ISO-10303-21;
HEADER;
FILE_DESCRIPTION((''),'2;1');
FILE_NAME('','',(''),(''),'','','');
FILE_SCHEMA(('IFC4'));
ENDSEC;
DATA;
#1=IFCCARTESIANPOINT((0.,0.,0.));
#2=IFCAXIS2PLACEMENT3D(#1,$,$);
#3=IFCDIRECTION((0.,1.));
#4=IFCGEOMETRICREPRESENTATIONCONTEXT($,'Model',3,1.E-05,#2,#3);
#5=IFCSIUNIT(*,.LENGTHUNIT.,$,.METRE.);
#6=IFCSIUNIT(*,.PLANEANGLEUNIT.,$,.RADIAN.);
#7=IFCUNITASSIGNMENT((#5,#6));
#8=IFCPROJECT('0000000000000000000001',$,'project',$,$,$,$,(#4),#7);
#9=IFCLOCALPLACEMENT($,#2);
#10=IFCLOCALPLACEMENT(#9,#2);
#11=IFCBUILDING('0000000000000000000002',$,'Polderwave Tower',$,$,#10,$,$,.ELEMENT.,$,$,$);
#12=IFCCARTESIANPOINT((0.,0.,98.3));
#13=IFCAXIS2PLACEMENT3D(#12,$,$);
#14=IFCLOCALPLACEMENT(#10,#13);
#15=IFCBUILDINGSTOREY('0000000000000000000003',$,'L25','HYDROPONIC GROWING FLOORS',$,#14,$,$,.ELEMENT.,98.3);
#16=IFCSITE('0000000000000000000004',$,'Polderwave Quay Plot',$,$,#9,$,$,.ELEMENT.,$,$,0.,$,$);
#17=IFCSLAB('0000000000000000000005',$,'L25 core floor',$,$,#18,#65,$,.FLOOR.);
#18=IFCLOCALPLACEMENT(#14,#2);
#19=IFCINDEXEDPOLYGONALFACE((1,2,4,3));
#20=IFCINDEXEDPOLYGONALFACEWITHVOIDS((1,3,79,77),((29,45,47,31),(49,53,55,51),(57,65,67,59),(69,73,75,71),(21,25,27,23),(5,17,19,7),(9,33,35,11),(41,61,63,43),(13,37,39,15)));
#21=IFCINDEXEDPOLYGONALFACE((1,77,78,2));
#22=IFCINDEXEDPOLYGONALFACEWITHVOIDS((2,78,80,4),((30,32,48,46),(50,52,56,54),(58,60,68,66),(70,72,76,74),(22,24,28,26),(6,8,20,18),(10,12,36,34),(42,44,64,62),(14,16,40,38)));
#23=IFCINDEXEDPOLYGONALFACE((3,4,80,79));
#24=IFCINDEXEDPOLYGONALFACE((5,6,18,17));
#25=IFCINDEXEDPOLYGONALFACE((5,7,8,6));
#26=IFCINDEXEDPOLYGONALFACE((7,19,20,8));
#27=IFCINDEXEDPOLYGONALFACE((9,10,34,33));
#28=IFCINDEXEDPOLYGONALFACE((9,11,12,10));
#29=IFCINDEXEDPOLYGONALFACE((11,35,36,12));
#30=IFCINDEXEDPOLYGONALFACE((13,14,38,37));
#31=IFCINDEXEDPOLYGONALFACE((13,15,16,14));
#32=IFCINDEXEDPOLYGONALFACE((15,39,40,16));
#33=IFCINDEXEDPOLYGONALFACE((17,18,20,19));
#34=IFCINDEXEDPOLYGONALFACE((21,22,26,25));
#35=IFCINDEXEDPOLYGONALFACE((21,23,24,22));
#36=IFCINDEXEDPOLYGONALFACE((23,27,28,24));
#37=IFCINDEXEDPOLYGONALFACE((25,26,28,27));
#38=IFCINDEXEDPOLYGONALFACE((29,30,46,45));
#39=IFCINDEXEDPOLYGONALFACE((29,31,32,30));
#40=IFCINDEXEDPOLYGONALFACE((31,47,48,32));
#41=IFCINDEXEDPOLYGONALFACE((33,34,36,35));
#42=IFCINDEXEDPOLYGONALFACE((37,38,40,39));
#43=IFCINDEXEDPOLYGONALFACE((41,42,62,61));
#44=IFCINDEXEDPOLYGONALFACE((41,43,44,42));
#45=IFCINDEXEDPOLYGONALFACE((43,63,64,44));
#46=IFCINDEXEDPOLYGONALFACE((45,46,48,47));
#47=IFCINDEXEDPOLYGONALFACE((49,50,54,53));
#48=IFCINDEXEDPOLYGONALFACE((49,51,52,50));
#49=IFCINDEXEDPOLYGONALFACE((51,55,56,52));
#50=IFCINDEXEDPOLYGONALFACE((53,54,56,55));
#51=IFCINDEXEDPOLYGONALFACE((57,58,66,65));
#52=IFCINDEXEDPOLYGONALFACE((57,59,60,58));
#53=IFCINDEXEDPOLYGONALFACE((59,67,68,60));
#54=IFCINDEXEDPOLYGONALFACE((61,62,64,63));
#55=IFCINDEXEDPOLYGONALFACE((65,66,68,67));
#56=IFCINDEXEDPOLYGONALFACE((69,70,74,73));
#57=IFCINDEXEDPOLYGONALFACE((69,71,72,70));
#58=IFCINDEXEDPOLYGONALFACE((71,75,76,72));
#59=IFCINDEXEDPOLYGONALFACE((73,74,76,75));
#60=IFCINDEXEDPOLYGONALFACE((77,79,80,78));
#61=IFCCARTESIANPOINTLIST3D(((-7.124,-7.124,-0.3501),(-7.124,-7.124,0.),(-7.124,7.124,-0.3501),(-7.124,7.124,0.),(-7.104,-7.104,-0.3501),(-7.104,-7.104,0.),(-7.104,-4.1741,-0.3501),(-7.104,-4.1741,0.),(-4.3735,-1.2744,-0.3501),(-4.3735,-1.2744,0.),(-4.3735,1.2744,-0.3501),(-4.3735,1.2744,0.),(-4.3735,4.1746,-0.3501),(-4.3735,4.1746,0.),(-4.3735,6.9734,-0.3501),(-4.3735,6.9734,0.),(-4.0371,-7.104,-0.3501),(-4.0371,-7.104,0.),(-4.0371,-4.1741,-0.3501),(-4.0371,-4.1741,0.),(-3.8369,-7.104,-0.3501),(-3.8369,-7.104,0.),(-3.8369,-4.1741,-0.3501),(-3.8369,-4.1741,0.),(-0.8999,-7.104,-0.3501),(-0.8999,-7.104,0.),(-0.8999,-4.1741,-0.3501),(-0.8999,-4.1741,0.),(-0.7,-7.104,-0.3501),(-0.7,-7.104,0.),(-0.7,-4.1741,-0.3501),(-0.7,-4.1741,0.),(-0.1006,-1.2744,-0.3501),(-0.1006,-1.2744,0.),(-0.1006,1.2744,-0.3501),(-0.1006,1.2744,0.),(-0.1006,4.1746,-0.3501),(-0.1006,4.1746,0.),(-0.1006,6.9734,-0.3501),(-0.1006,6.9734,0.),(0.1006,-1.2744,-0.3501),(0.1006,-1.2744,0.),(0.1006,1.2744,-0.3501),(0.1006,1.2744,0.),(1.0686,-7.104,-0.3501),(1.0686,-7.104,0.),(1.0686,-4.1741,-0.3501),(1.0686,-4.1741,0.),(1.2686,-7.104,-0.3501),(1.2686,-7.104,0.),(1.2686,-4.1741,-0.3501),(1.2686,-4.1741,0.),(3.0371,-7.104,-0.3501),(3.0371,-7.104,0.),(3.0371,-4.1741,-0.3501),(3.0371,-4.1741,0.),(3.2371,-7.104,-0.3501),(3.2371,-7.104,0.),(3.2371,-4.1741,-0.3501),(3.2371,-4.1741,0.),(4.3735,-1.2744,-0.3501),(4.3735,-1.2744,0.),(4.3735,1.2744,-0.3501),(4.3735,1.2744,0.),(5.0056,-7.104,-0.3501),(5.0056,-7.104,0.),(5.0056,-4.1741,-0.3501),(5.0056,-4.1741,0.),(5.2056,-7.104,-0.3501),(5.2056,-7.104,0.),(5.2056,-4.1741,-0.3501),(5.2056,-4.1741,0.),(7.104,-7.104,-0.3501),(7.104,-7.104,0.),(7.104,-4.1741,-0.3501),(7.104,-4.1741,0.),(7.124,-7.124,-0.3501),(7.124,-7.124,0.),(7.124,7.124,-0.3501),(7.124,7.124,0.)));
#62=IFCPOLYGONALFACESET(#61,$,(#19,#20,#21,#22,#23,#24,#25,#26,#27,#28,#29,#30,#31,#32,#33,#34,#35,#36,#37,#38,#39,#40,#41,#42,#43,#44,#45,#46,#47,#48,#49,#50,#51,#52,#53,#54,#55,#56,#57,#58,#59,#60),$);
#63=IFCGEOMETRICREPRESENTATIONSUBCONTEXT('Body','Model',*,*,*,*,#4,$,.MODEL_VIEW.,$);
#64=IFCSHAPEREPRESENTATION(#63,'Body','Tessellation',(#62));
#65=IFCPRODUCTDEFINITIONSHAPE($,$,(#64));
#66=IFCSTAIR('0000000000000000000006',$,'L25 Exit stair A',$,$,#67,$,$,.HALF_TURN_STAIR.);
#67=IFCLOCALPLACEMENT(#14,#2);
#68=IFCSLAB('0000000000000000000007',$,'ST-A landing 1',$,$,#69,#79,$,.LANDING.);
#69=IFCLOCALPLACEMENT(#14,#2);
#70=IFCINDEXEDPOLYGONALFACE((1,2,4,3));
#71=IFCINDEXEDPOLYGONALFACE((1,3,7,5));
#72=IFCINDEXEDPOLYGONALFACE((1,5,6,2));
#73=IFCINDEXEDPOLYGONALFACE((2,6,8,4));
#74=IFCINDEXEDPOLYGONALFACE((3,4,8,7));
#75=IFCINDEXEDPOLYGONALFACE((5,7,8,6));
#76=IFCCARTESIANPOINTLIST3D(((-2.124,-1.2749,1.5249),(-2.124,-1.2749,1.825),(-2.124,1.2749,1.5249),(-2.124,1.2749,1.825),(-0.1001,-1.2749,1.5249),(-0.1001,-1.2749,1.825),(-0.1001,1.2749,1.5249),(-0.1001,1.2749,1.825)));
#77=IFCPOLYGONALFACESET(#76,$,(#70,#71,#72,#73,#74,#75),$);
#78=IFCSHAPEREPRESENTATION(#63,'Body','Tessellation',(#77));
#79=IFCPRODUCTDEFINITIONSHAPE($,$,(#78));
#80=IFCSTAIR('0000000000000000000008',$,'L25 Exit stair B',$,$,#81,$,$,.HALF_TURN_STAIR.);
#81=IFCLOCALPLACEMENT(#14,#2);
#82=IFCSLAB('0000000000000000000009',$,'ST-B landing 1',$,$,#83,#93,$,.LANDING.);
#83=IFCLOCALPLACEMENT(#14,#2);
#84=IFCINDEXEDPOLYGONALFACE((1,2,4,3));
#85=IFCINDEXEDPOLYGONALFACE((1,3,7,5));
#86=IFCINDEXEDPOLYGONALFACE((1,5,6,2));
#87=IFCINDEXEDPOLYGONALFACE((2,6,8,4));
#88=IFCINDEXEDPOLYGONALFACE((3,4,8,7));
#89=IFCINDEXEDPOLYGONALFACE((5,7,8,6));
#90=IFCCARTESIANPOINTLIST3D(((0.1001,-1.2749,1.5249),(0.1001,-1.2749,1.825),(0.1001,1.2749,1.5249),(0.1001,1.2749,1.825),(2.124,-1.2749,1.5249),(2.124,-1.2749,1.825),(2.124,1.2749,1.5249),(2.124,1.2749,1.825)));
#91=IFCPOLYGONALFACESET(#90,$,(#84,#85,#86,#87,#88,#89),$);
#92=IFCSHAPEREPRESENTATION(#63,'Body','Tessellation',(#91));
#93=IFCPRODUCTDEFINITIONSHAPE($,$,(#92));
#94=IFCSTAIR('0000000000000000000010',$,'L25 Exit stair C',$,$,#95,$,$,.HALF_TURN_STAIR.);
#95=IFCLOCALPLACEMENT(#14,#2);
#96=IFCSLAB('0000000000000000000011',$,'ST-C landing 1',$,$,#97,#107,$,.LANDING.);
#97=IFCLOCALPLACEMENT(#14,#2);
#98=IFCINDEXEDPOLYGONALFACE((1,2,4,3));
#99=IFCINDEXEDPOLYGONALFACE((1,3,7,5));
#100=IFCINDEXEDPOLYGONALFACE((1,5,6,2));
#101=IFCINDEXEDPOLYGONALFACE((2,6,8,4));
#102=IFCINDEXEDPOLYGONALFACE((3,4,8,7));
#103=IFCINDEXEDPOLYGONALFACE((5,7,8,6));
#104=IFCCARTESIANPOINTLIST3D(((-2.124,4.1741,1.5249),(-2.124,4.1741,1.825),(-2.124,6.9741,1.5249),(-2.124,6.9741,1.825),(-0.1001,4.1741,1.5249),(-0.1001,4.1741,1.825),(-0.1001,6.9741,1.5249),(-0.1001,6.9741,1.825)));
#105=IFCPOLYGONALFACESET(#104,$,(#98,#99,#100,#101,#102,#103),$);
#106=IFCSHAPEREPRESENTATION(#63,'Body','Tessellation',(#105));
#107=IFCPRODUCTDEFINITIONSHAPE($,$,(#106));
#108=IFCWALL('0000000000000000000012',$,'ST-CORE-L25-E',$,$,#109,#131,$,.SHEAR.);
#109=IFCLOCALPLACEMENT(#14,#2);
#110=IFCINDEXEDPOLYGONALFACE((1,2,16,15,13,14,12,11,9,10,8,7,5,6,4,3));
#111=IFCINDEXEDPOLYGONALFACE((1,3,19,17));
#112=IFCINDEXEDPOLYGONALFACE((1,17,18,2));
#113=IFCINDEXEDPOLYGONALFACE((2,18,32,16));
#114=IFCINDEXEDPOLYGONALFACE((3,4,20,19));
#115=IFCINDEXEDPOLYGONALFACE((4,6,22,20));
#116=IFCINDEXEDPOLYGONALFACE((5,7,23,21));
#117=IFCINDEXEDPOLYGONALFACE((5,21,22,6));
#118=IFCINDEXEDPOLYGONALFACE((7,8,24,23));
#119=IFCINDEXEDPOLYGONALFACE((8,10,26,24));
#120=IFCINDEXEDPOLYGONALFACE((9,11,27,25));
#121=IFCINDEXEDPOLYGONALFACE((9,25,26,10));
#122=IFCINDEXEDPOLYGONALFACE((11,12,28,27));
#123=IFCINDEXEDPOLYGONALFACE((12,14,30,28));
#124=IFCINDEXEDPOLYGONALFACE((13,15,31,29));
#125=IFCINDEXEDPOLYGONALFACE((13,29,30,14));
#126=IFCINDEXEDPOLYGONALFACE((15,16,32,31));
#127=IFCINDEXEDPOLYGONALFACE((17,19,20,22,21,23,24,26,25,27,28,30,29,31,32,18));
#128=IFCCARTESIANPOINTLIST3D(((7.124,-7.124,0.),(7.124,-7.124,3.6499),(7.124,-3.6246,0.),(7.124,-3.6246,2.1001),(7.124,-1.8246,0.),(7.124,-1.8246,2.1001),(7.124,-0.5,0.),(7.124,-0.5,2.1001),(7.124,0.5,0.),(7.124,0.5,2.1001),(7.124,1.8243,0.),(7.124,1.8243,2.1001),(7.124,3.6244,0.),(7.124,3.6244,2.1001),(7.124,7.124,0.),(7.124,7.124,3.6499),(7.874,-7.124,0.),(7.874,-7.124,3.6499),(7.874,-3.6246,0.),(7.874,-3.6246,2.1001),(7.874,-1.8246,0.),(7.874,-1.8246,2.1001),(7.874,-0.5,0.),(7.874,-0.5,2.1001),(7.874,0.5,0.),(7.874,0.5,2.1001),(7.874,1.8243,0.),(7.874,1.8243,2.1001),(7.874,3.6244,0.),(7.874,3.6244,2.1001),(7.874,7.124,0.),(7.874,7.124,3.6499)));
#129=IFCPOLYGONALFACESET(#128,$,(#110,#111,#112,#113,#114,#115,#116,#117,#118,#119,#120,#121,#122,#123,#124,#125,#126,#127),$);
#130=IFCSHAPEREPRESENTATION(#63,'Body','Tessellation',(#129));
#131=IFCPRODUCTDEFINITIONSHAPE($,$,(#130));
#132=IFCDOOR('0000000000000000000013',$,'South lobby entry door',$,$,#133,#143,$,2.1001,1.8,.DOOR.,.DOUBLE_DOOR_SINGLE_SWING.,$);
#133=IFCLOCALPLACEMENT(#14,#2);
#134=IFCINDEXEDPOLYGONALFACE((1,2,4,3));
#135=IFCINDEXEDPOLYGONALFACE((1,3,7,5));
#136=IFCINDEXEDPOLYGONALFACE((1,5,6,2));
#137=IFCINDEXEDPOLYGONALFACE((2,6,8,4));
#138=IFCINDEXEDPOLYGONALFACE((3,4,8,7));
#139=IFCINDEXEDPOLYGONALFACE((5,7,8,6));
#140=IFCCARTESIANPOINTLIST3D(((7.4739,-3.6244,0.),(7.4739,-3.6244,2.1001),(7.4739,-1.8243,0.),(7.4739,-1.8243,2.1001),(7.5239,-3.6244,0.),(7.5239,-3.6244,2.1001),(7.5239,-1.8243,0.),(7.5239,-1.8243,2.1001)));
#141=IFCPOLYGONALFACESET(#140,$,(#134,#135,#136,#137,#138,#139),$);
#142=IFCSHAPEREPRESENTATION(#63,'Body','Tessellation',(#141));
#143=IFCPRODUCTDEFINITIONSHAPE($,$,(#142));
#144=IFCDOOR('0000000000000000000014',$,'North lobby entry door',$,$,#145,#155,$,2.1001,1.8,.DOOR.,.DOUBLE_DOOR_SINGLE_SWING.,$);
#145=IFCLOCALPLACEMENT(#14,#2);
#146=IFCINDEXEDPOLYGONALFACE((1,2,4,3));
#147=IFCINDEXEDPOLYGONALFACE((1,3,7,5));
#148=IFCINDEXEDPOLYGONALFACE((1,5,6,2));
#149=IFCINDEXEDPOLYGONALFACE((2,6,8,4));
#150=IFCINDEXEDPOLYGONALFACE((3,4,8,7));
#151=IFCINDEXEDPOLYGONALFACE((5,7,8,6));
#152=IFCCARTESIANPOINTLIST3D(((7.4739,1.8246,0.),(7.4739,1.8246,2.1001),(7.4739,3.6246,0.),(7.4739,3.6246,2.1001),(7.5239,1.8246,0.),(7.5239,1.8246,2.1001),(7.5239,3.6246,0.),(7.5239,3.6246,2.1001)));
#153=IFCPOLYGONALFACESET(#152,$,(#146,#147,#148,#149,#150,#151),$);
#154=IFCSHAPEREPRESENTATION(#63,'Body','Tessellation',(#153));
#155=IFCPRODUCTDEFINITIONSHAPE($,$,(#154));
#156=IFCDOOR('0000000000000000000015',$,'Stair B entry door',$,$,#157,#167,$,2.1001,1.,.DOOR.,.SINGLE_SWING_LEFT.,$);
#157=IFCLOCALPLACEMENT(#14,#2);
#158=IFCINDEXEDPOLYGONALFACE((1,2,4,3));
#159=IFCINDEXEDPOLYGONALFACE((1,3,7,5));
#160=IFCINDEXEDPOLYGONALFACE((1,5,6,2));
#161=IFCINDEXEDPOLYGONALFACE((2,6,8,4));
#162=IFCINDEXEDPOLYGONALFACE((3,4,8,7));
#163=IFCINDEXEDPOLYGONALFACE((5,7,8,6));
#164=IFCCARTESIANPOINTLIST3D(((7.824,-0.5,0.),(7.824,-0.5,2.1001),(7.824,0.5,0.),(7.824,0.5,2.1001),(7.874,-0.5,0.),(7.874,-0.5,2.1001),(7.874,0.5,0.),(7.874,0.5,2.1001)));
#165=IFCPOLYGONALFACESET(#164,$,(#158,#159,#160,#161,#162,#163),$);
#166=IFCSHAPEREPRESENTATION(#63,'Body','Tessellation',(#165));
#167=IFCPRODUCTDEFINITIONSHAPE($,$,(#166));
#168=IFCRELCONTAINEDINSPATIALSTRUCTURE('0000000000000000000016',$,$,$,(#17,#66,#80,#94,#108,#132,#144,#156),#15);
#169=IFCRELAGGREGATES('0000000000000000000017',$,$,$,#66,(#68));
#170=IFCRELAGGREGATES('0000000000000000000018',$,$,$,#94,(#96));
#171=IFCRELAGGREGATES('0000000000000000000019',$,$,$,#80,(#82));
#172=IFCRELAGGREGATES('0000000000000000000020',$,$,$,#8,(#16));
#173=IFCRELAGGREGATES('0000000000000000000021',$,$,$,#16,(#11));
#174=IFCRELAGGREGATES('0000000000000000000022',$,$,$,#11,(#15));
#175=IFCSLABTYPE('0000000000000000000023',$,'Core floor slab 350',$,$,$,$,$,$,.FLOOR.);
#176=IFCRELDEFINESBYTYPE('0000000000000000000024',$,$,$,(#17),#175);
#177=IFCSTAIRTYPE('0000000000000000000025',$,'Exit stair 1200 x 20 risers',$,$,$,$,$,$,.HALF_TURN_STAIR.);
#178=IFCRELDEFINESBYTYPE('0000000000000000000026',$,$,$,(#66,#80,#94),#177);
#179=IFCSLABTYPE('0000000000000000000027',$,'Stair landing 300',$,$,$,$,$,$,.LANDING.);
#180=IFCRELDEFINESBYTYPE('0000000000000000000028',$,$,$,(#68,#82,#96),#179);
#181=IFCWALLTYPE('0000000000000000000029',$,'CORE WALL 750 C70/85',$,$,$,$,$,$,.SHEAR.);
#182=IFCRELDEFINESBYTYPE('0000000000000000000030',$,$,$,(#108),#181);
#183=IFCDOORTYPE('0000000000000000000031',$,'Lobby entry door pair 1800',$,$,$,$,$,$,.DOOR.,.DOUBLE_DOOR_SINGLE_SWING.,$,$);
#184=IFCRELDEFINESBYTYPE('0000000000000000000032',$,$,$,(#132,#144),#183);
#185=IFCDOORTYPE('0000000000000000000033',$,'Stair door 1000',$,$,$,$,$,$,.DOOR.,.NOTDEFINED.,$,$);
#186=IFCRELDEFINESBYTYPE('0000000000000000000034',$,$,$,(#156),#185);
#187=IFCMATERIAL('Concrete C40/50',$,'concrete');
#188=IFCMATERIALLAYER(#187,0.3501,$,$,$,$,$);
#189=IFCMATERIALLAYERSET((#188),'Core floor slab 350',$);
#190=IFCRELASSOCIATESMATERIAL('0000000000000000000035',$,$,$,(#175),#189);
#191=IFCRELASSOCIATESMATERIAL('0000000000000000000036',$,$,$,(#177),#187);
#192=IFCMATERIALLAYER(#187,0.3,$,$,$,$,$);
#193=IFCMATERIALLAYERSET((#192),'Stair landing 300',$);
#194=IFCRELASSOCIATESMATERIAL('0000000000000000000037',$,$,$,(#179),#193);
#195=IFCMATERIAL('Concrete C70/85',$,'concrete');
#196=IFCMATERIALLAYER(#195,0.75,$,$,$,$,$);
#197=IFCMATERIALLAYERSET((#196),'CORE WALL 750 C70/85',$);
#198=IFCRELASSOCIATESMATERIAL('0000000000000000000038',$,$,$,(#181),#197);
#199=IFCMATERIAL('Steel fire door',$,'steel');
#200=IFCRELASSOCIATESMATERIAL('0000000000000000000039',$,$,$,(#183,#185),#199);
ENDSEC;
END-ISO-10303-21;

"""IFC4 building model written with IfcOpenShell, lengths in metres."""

from ifc_helpers import new_model, si_unit, direction, frame, frame_2d, origin, place, context, subcontext, project, spatial, polyline, rectangle, outline, extrude, material, layer, layer_set, type_object, element, fill, aggregate, save


model = new_model("IFC4")

# Units and contexts
model_context = context("Model", 3, precision=1e-05, world=origin(), true_north=direction((0.0, 1.0)))
body_context = subcontext(model_context, "Body", "Model", "MODEL_VIEW")
ifc_project = project(units=[si_unit("LENGTHUNIT", "METRE"), si_unit("PLANEANGLEUNIT", "RADIAN")], contexts=[model_context])

# Site, building, storey
site_placement = place(None, origin())
site = spatial("IfcSite", under=ifc_project, at=site_placement, Name="Polderwave Quay Plot", CompositionType="ELEMENT", RefElevation=0.0)
building_placement = place(site_placement, origin())
building = spatial("IfcBuilding", under=site, at=building_placement, Name="Polderwave Tower", CompositionType="ELEMENT")
storey_placement = place(building_placement, frame((0.0, 0.0, 98.3)))
storey = spatial("IfcBuildingStorey", under=building, at=storey_placement, Name="L25", Description="HYDROPONIC GROWING FLOORS", CompositionType="ELEMENT", Elevation=98.3)

# Slab
ifc_material_1 = material(Name="Concrete C40/50", Category="concrete")
ifc_layer_1 = layer(ifc_material_1, 0.3501)
ifc_layer_set_1 = layer_set([ifc_layer_1], Name="Core floor slab 350")
slab_type_1 = type_object("IfcSlabType", Name="Core floor slab 350", PredefinedType="FLOOR", material=ifc_layer_set_1)
slab_1_placement = place(storey_placement, frame((0.0, 0.0, -0.3501)))
element("IfcSlab", 1, at=slab_1_placement, inside=storey, type_object=slab_type_1, Name="L25 core floor", PredefinedType="FLOOR", context=body_context, shape_type="SweptSolid", body=[
    extrude(outline(polyline([(-7.124, -7.124), (7.124, -7.124), (7.124, 7.124), (-7.124, 7.124), (-7.124, -7.124)]), holes=[polyline([(-7.104, -7.104), (-4.0371, -7.104), (-4.0371, -4.1741), (-7.104, -4.1741), (-7.104, -7.104)]), polyline([(-3.8369, -7.104), (-0.8999, -7.104), (-0.8999, -4.1741), (-3.8369, -4.1741), (-3.8369, -7.104)]), polyline([(-0.7, -7.104), (1.0686, -7.104), (1.0686, -4.1741), (-0.7, -4.1741), (-0.7, -7.104)]), polyline([(1.2686, -7.104), (3.0371, -7.104), (3.0371, -4.1741), (1.2686, -4.1741), (1.2686, -7.104)]), polyline([(3.2371, -7.104), (5.0056, -7.104), (5.0056, -4.1741), (3.2371, -4.1741), (3.2371, -7.104)]), polyline([(5.2056, -7.104), (7.104, -7.104), (7.104, -4.1741), (5.2056, -4.1741), (5.2056, -7.104)]), polyline([(-4.3735, -1.2744), (-0.1006, -1.2744), (-0.1006, 1.2744), (-4.3735, 1.2744), (-4.3735, -1.2744)]), polyline([(0.1006, -1.2744), (4.3735, -1.2744), (4.3735, 1.2744), (0.1006, 1.2744), (0.1006, -1.2744)]), polyline([(-4.3735, 4.1746), (-0.1006, 4.1746), (-0.1006, 6.9734), (-4.3735, 6.9734), (-4.3735, 4.1746)])]), origin(), (0.0, 0.0, 1.0), 0.3501),
])

# Stairs, slabs
stair_type = type_object("IfcStairType", Name="Exit stair 1200 x 20 risers", PredefinedType="HALF_TURN_STAIR", material=ifc_material_1)
stair_1_placement = place(storey_placement, origin())
stair_1 = element("IfcStair", 2, at=stair_1_placement, inside=storey, type_object=stair_type, Name="L25 Exit stair A", PredefinedType="HALF_TURN_STAIR")
ifc_layer_2 = layer(ifc_material_1, 0.3)
ifc_layer_set_2 = layer_set([ifc_layer_2], Name="Stair landing 300")
slab_type_2 = type_object("IfcSlabType", Name="Stair landing 300", PredefinedType="LANDING", material=ifc_layer_set_2)
slab_2_placement = place(storey_placement, frame((0.0, 0.0, 1.5249)))
slab_2 = element("IfcSlab", 3, at=slab_2_placement, type_object=slab_type_2, Name="ST-A landing 1", PredefinedType="LANDING", context=body_context, shape_type="SweptSolid", body=[
    extrude(outline(polyline([(-2.124, -1.2749), (-0.1001, -1.2749), (-0.1001, 1.2749), (-2.124, 1.2749), (-2.124, -1.2749)])), origin(), (0.0, 0.0, 1.0), 0.3),
])
aggregate(stair_1, [slab_2])
stair_2_placement = place(storey_placement, origin())
stair_2 = element("IfcStair", 4, at=stair_2_placement, inside=storey, type_object=stair_type, Name="L25 Exit stair B", PredefinedType="HALF_TURN_STAIR")
slab_3_placement = place(storey_placement, frame((0.0, 0.0, 1.5249)))
slab_3 = element("IfcSlab", 5, at=slab_3_placement, type_object=slab_type_2, Name="ST-B landing 1", PredefinedType="LANDING", context=body_context, shape_type="SweptSolid", body=[
    extrude(outline(polyline([(2.124, 1.2749), (0.1001, 1.2749), (0.1001, -1.2749), (2.124, -1.2749), (2.124, 1.2749)])), origin(), (0.0, 0.0, 1.0), 0.3),
])
stair_3_placement = place(storey_placement, origin())
stair_3 = element("IfcStair", 6, at=stair_3_placement, inside=storey, type_object=stair_type, Name="L25 Exit stair C", PredefinedType="HALF_TURN_STAIR")
slab_4_placement = place(storey_placement, frame((0.0, 0.0, 1.5249)))
slab_4 = element("IfcSlab", 7, at=slab_4_placement, type_object=slab_type_2, Name="ST-C landing 1", PredefinedType="LANDING", context=body_context, shape_type="SweptSolid", body=[
    extrude(outline(polyline([(-2.124, 4.1741), (-0.1001, 4.1741), (-0.1001, 6.9741), (-2.124, 6.9741), (-2.124, 4.1741)])), origin(), (0.0, 0.0, 1.0), 0.3),
])
aggregate(stair_3, [slab_4])

# Wall, openings, doors
ifc_material_2 = material(Name="Concrete C70/85", Category="concrete")
ifc_layer_3 = layer(ifc_material_2, 0.75)
ifc_layer_set_3 = layer_set([ifc_layer_3], Name="CORE WALL 750 C70/85")
wall_type_1 = type_object("IfcWallType", Name="CORE WALL 750 C70/85", PredefinedType="SHEAR", material=ifc_layer_set_3)
wall_1_placement = place(storey_placement, frame((7.499, -7.124, 0.0), z_axis=(0.0, 0.0, 1.0), x_axis=(0.0, 1.0, 0.0)))
wall_1 = element("IfcWall", 8, at=wall_1_placement, inside=storey, type_object=wall_type_1, Name="ST-CORE-L25-E", PredefinedType="SHEAR", context=body_context, shape_type="SweptSolid", body=[
    extrude(rectangle(XDim=14.248, YDim=0.75, at=frame_2d((7.124, 0.0))), origin(), (0.0, 0.0, 1.0), 3.6499),
])
opening_1_placement = place(wall_1_placement, frame((6.624, 0.0, 0.0)))
opening_1 = element("IfcOpeningElement", 9, at=opening_1_placement, cuts=wall_1, PredefinedType="OPENING", context=body_context, shape_type="SweptSolid", body=[
    extrude(rectangle(XDim=1.0, YDim=2.1001, at=frame_2d((0.5, 1.05))), frame((0.0, 0.385, 0.0), z_axis=(0.0, -1.0, 0.0), x_axis=(1.0, 0.0, 0.0)), (0.0, 0.0, 1.0), 0.77),
])
opening_2_placement = place(wall_1_placement, frame((3.4995, 0.0, 0.0)))
opening_2 = element("IfcOpeningElement", 10, at=opening_2_placement, cuts=wall_1, PredefinedType="OPENING", context=body_context, shape_type="SweptSolid", body=[
    extrude(rectangle(XDim=1.8, YDim=2.1001, at=frame_2d((0.8999, 1.05))), frame((0.0, 0.385, 0.0), z_axis=(0.0, -1.0, 0.0), x_axis=(1.0, 0.0, 0.0)), (0.0, 0.0, 1.0), 0.77),
])
opening_3_placement = place(wall_1_placement, frame((8.9485, 0.0, 0.0)))
opening_3 = element("IfcOpeningElement", 11, at=opening_3_placement, cuts=wall_1, PredefinedType="OPENING", context=body_context, shape_type="SweptSolid", body=[
    extrude(rectangle(XDim=1.8, YDim=2.1001, at=frame_2d((0.8999, 1.05))), frame((0.0, 0.385, 0.0), z_axis=(0.0, -1.0, 0.0), x_axis=(1.0, 0.0, 0.0)), (0.0, 0.0, 1.0), 0.77),
])
ifc_material_3 = material(Name="Steel fire door", Category="steel")
door_type_1 = type_object("IfcDoorType", Name="Lobby entry door pair 1800", OperationType="DOUBLE_DOOR_SINGLE_SWING", PredefinedType="DOOR", material=ifc_material_3)
door_1_placement = place(opening_2_placement, frame((1.8, 0.0, 0.0), z_axis=(0.0, 0.0, 1.0), x_axis=(-1.0, 0.0, 0.0)))
door_1 = element("IfcDoor", 12, at=door_1_placement, inside=storey, type_object=door_type_1, Name="South lobby entry door", OperationType="DOUBLE_DOOR_SINGLE_SWING", OverallHeight=2.1001, OverallWidth=1.8, PredefinedType="DOOR", context=body_context, shape_type="SweptSolid", body=[
    extrude(rectangle(XDim=1.8, YDim=2.1001, at=frame_2d((0.8999, 1.05))), frame((0.0, 0.0249, 0.0), z_axis=(0.0, -1.0, 0.0), x_axis=(1.0, 0.0, 0.0)), (0.0, 0.0, 1.0), 0.05),
])
fill(opening_2, door_1)
door_2_placement = place(opening_3_placement, frame((1.8, 0.0, 0.0), z_axis=(0.0, 0.0, 1.0), x_axis=(-1.0, 0.0, 0.0)))
door_2 = element("IfcDoor", 13, at=door_2_placement, inside=storey, type_object=door_type_1, Name="North lobby entry door", OperationType="DOUBLE_DOOR_SINGLE_SWING", OverallHeight=2.1001, OverallWidth=1.8, PredefinedType="DOOR", context=body_context, shape_type="SweptSolid", body=[
    extrude(rectangle(XDim=1.8, YDim=2.1001, at=frame_2d((0.8999, 1.05))), frame((0.0, 0.0249, 0.0), z_axis=(0.0, -1.0, 0.0), x_axis=(1.0, 0.0, 0.0)), (0.0, 0.0, 1.0), 0.05),
])
fill(opening_3, door_2)
door_type_2 = type_object("IfcDoorType", Name="Stair door 1000", OperationType="NOTDEFINED", PredefinedType="DOOR", material=ifc_material_3)
door_3_placement = place(opening_1_placement, frame((1.0, 0.0, 0.0), z_axis=(0.0, 0.0, 1.0), x_axis=(-1.0, 0.0, 0.0)))
door_3 = element("IfcDoor", 14, at=door_3_placement, inside=storey, type_object=door_type_2, Name="Stair B entry door", OperationType="SINGLE_SWING_LEFT", OverallHeight=2.1001, OverallWidth=1.0, PredefinedType="DOOR", context=body_context, shape_type="SweptSolid", body=[
    extrude(rectangle(XDim=1.0, YDim=2.1001, at=frame_2d((0.5, 1.05))), frame((0.0, 0.375, 0.0), z_axis=(0.0, -1.0, 0.0), x_axis=(1.0, 0.0, 0.0)), (0.0, 0.0, 1.0), 0.05),
])
fill(opening_1, door_3)

aggregate(stair_2, [slab_3])

save(model, "model.ifc")
